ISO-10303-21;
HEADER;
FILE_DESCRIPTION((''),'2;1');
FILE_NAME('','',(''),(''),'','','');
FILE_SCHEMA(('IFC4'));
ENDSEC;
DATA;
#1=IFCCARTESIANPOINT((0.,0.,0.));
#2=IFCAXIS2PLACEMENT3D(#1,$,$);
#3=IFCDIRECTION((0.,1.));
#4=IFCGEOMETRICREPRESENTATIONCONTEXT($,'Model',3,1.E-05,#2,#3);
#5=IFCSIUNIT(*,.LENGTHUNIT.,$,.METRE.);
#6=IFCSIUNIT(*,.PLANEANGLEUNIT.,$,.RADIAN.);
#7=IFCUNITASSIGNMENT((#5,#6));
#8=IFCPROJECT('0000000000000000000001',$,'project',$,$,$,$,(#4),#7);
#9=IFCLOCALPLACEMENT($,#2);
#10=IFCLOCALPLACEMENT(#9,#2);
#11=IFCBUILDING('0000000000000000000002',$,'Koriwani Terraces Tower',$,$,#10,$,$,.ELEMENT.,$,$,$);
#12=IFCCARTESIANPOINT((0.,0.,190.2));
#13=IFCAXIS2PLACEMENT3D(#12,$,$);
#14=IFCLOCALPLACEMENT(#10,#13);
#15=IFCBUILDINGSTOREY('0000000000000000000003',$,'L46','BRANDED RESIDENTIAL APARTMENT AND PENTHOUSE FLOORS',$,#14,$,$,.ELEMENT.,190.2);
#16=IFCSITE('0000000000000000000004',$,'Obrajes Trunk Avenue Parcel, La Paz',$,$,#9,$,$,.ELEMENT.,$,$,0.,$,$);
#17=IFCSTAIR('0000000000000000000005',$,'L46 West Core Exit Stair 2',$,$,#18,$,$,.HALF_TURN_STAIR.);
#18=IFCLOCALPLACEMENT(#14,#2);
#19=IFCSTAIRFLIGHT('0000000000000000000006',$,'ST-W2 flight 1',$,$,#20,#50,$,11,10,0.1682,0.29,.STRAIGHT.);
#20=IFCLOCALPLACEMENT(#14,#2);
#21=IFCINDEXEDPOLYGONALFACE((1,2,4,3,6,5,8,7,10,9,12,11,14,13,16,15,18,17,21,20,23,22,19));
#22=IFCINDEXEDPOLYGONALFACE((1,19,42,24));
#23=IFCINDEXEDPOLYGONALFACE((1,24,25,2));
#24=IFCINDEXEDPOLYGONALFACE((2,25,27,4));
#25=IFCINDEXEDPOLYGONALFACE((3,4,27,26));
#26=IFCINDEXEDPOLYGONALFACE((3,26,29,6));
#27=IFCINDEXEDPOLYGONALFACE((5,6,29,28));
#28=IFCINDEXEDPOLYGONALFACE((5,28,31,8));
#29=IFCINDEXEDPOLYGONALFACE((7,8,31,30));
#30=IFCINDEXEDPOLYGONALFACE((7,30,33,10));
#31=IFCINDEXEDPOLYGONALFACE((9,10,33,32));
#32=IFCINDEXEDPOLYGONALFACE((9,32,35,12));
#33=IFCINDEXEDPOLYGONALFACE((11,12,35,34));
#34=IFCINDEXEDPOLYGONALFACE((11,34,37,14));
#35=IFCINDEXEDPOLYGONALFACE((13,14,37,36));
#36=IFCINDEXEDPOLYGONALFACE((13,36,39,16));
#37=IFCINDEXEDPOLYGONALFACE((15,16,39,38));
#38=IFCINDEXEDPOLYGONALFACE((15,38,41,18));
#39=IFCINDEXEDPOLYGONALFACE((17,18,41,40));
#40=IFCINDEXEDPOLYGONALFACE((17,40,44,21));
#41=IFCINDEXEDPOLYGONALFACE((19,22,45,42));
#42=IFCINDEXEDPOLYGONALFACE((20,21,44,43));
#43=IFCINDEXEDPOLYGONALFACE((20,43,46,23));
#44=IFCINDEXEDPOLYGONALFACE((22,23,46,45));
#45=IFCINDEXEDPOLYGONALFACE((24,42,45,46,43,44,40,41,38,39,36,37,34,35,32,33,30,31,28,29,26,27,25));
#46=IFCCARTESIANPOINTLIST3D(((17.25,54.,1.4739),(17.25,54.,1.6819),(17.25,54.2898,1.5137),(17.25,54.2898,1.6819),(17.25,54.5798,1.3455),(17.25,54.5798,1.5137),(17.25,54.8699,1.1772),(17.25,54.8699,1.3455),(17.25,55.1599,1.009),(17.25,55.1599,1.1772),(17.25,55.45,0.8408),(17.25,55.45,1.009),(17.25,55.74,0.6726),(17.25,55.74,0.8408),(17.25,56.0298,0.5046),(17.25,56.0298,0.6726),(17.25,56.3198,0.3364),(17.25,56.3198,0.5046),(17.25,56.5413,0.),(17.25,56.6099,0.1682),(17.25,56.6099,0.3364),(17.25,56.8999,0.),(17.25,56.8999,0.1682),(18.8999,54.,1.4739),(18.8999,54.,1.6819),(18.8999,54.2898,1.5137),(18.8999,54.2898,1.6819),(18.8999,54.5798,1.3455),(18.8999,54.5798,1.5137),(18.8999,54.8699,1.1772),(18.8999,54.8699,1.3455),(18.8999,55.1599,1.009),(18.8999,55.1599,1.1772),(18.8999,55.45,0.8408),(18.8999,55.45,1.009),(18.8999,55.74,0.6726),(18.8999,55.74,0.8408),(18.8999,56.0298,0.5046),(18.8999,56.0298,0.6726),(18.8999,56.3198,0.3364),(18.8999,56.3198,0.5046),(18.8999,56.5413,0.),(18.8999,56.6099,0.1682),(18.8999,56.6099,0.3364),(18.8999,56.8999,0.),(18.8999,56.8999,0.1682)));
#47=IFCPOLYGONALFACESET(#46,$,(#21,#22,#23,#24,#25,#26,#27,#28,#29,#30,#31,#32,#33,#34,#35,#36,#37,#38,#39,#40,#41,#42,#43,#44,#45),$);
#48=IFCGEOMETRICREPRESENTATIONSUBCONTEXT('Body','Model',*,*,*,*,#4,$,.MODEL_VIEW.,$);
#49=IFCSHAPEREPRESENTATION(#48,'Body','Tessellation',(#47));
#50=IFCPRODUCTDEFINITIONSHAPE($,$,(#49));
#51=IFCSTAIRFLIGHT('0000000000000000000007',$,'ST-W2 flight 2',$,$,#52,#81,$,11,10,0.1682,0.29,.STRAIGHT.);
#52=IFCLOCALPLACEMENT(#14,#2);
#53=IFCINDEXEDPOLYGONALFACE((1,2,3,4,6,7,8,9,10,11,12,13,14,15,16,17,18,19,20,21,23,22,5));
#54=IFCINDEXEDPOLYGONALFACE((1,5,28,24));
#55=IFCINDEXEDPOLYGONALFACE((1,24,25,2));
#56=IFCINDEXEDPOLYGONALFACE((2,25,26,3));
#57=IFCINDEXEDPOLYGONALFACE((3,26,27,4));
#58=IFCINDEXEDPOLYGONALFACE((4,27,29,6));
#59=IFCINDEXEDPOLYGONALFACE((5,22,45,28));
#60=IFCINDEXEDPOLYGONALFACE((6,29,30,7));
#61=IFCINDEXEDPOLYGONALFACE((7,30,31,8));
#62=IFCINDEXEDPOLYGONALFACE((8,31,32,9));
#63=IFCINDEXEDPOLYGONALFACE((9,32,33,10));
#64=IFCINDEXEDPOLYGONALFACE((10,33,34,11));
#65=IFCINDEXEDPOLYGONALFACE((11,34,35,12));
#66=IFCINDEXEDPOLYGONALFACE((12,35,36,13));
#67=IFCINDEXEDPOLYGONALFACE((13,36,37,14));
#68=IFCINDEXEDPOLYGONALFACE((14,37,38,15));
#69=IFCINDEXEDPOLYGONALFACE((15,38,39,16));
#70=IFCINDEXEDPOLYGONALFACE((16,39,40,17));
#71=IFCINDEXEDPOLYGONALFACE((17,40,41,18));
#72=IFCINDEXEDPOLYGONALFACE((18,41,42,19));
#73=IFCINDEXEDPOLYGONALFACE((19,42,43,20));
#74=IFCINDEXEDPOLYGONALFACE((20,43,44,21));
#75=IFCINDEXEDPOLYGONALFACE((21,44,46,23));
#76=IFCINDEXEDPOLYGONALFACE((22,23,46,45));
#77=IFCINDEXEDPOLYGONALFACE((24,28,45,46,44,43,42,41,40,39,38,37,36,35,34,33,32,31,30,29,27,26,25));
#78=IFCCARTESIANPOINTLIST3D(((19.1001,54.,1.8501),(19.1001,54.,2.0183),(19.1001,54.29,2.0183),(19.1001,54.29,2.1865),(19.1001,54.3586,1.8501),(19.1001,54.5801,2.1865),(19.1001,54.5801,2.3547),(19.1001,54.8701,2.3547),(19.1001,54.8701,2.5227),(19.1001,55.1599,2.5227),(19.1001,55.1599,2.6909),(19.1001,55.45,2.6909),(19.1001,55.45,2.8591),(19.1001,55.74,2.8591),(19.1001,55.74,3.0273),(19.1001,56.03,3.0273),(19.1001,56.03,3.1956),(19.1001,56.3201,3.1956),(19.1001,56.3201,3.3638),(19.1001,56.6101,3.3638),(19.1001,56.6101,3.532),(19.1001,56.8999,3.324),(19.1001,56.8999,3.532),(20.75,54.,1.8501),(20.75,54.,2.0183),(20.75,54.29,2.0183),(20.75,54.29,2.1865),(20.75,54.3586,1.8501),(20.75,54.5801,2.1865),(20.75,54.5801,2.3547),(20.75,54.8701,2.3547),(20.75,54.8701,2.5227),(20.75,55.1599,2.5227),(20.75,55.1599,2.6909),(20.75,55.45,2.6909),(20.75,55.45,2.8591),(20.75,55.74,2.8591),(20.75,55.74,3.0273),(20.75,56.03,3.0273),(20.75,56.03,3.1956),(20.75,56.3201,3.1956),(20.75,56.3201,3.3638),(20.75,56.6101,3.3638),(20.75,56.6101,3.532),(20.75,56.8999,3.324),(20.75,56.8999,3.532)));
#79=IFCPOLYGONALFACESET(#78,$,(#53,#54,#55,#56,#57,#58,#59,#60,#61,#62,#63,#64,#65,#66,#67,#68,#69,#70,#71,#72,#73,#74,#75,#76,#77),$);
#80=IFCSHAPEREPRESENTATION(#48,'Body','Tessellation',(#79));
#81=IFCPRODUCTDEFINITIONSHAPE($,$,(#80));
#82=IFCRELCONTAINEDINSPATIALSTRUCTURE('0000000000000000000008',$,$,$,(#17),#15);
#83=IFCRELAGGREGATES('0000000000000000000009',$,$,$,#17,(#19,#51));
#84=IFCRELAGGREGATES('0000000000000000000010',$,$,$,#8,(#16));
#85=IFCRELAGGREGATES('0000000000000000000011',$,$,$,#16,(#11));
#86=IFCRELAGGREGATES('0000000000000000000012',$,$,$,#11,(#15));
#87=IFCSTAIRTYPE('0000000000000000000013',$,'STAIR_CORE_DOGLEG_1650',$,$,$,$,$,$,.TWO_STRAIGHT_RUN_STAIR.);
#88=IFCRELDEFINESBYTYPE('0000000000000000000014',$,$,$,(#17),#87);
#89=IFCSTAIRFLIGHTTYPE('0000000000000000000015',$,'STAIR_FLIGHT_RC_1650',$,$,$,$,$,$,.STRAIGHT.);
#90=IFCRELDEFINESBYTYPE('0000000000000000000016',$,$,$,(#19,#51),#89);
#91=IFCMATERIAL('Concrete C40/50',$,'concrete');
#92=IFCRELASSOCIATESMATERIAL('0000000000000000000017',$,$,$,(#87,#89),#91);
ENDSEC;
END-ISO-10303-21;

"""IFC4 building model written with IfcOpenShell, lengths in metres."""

from ifc_helpers import new_model, si_unit, direction, frame, origin, place, context, subcontext, project, spatial, polyline, outline, extrude, material, type_object, element, aggregate, save


model = new_model("IFC4")

# Units and contexts
model_context = context("Model", 3, precision=1e-05, world=origin(), true_north=direction((0.0, 1.0)))
body_context = subcontext(model_context, "Body", "Model", "MODEL_VIEW")
ifc_project = project(units=[si_unit("LENGTHUNIT", "METRE"), si_unit("PLANEANGLEUNIT", "RADIAN")], contexts=[model_context])

# Site, building, storey
site_placement = place(None, origin())
site = spatial("IfcSite", under=ifc_project, at=site_placement, Name="Obrajes Trunk Avenue Parcel, La Paz", CompositionType="ELEMENT", RefElevation=0.0)
building_placement = place(site_placement, origin())
building = spatial("IfcBuilding", under=site, at=building_placement, Name="Koriwani Terraces Tower", CompositionType="ELEMENT")
storey_placement = place(building_placement, frame((0.0, 0.0, 190.2)))
storey = spatial("IfcBuildingStorey", under=building, at=storey_placement, Name="L46", Description="BRANDED RESIDENTIAL APARTMENT AND PENTHOUSE FLOORS", CompositionType="ELEMENT", Elevation=190.2)

# Shared definitions
ifc_material_1 = material(Name="Concrete C40/50", Category="concrete")

# Stair, stair flights
stair_type = type_object("IfcStairType", Name="STAIR_CORE_DOGLEG_1650", PredefinedType="TWO_STRAIGHT_RUN_STAIR", material=ifc_material_1)
stair_placement = place(storey_placement, origin())
stair = element("IfcStair", 1, at=stair_placement, inside=storey, type_object=stair_type, Name="L46 West Core Exit Stair 2", PredefinedType="HALF_TURN_STAIR")
stair_flight_type = type_object("IfcStairFlightType", Name="STAIR_FLIGHT_RC_1650", PredefinedType="STRAIGHT", material=ifc_material_1)
stair_flight_1_placement = place(storey_placement, frame((18.075, 56.8999, 0.0), z_axis=(0.0, 0.0, 1.0), x_axis=(0.0, -1.0, 0.0)))
stair_flight_1 = element("IfcStairFlight", 2, at=stair_flight_1_placement, type_object=stair_flight_type, Name="ST-W2 flight 1", NumberOfRisers=11, NumberOfTreads=10, PredefinedType="STRAIGHT", RiserHeight=0.1682, TreadLength=0.29, context=body_context, shape_type="SweptSolid", body=[
    extrude(outline(polyline([(0.0, 0.0), (0.0, 0.1682), (0.29, 0.1682), (0.29, 0.3364), (0.5801, 0.3364), (0.5801, 0.5046), (0.8701, 0.5046), (0.8701, 0.6726), (1.1599, 0.6726), (1.1599, 0.8408), (1.45, 0.8408), (1.45, 1.009), (1.74, 1.009), (1.74, 1.1772), (2.03, 1.1772), (2.03, 1.3455), (2.3201, 1.3455), (2.3201, 1.5137), (2.6101, 1.5137), (2.6101, 1.6819), (2.8999, 1.6819), (2.8999, 1.8501), (2.8999, 1.4739), (0.3586, 0.0), (0.0, 0.0)])), frame((0.0, 0.825, 0.0), z_axis=(0.0, -1.0, 0.0), x_axis=(1.0, 0.0, 0.0)), (0.0, 0.0, 1.0), 1.6499),
])
stair_flight_2_placement = place(storey_placement, frame((19.925, 54.0, 1.8501), z_axis=(0.0, 0.0, 1.0), x_axis=(0.0, 1.0, 0.0)))
stair_flight_2 = element("IfcStairFlight", 3, at=stair_flight_2_placement, type_object=stair_flight_type, Name="ST-W2 flight 2", NumberOfRisers=11, NumberOfTreads=10, PredefinedType="STRAIGHT", RiserHeight=0.1682, TreadLength=0.29, context=body_context, shape_type="SweptSolid", body=[
    extrude(outline(polyline([(0.0, 0.0), (0.0, 0.1682), (0.29, 0.1682), (0.29, 0.3364), (0.5801, 0.3364), (0.5801, 0.5046), (0.8701, 0.5046), (0.8701, 0.6726), (1.1599, 0.6726), (1.1599, 0.8408), (1.45, 0.8408), (1.45, 1.009), (1.74, 1.009), (1.74, 1.1772), (2.03, 1.1772), (2.03, 1.3455), (2.3201, 1.3455), (2.3201, 1.5137), (2.6101, 1.5137), (2.6101, 1.6819), (2.8999, 1.6819), (2.8999, 1.8501), (2.8999, 1.4739), (0.3586, 0.0), (0.0, 0.0)])), frame((0.0, 0.825, 0.0), z_axis=(0.0, -1.0, 0.0), x_axis=(1.0, 0.0, 0.0)), (0.0, 0.0, 1.0), 1.6499),
])
aggregate(stair, [stair_flight_1, stair_flight_2])

save(model, "model.ifc")
